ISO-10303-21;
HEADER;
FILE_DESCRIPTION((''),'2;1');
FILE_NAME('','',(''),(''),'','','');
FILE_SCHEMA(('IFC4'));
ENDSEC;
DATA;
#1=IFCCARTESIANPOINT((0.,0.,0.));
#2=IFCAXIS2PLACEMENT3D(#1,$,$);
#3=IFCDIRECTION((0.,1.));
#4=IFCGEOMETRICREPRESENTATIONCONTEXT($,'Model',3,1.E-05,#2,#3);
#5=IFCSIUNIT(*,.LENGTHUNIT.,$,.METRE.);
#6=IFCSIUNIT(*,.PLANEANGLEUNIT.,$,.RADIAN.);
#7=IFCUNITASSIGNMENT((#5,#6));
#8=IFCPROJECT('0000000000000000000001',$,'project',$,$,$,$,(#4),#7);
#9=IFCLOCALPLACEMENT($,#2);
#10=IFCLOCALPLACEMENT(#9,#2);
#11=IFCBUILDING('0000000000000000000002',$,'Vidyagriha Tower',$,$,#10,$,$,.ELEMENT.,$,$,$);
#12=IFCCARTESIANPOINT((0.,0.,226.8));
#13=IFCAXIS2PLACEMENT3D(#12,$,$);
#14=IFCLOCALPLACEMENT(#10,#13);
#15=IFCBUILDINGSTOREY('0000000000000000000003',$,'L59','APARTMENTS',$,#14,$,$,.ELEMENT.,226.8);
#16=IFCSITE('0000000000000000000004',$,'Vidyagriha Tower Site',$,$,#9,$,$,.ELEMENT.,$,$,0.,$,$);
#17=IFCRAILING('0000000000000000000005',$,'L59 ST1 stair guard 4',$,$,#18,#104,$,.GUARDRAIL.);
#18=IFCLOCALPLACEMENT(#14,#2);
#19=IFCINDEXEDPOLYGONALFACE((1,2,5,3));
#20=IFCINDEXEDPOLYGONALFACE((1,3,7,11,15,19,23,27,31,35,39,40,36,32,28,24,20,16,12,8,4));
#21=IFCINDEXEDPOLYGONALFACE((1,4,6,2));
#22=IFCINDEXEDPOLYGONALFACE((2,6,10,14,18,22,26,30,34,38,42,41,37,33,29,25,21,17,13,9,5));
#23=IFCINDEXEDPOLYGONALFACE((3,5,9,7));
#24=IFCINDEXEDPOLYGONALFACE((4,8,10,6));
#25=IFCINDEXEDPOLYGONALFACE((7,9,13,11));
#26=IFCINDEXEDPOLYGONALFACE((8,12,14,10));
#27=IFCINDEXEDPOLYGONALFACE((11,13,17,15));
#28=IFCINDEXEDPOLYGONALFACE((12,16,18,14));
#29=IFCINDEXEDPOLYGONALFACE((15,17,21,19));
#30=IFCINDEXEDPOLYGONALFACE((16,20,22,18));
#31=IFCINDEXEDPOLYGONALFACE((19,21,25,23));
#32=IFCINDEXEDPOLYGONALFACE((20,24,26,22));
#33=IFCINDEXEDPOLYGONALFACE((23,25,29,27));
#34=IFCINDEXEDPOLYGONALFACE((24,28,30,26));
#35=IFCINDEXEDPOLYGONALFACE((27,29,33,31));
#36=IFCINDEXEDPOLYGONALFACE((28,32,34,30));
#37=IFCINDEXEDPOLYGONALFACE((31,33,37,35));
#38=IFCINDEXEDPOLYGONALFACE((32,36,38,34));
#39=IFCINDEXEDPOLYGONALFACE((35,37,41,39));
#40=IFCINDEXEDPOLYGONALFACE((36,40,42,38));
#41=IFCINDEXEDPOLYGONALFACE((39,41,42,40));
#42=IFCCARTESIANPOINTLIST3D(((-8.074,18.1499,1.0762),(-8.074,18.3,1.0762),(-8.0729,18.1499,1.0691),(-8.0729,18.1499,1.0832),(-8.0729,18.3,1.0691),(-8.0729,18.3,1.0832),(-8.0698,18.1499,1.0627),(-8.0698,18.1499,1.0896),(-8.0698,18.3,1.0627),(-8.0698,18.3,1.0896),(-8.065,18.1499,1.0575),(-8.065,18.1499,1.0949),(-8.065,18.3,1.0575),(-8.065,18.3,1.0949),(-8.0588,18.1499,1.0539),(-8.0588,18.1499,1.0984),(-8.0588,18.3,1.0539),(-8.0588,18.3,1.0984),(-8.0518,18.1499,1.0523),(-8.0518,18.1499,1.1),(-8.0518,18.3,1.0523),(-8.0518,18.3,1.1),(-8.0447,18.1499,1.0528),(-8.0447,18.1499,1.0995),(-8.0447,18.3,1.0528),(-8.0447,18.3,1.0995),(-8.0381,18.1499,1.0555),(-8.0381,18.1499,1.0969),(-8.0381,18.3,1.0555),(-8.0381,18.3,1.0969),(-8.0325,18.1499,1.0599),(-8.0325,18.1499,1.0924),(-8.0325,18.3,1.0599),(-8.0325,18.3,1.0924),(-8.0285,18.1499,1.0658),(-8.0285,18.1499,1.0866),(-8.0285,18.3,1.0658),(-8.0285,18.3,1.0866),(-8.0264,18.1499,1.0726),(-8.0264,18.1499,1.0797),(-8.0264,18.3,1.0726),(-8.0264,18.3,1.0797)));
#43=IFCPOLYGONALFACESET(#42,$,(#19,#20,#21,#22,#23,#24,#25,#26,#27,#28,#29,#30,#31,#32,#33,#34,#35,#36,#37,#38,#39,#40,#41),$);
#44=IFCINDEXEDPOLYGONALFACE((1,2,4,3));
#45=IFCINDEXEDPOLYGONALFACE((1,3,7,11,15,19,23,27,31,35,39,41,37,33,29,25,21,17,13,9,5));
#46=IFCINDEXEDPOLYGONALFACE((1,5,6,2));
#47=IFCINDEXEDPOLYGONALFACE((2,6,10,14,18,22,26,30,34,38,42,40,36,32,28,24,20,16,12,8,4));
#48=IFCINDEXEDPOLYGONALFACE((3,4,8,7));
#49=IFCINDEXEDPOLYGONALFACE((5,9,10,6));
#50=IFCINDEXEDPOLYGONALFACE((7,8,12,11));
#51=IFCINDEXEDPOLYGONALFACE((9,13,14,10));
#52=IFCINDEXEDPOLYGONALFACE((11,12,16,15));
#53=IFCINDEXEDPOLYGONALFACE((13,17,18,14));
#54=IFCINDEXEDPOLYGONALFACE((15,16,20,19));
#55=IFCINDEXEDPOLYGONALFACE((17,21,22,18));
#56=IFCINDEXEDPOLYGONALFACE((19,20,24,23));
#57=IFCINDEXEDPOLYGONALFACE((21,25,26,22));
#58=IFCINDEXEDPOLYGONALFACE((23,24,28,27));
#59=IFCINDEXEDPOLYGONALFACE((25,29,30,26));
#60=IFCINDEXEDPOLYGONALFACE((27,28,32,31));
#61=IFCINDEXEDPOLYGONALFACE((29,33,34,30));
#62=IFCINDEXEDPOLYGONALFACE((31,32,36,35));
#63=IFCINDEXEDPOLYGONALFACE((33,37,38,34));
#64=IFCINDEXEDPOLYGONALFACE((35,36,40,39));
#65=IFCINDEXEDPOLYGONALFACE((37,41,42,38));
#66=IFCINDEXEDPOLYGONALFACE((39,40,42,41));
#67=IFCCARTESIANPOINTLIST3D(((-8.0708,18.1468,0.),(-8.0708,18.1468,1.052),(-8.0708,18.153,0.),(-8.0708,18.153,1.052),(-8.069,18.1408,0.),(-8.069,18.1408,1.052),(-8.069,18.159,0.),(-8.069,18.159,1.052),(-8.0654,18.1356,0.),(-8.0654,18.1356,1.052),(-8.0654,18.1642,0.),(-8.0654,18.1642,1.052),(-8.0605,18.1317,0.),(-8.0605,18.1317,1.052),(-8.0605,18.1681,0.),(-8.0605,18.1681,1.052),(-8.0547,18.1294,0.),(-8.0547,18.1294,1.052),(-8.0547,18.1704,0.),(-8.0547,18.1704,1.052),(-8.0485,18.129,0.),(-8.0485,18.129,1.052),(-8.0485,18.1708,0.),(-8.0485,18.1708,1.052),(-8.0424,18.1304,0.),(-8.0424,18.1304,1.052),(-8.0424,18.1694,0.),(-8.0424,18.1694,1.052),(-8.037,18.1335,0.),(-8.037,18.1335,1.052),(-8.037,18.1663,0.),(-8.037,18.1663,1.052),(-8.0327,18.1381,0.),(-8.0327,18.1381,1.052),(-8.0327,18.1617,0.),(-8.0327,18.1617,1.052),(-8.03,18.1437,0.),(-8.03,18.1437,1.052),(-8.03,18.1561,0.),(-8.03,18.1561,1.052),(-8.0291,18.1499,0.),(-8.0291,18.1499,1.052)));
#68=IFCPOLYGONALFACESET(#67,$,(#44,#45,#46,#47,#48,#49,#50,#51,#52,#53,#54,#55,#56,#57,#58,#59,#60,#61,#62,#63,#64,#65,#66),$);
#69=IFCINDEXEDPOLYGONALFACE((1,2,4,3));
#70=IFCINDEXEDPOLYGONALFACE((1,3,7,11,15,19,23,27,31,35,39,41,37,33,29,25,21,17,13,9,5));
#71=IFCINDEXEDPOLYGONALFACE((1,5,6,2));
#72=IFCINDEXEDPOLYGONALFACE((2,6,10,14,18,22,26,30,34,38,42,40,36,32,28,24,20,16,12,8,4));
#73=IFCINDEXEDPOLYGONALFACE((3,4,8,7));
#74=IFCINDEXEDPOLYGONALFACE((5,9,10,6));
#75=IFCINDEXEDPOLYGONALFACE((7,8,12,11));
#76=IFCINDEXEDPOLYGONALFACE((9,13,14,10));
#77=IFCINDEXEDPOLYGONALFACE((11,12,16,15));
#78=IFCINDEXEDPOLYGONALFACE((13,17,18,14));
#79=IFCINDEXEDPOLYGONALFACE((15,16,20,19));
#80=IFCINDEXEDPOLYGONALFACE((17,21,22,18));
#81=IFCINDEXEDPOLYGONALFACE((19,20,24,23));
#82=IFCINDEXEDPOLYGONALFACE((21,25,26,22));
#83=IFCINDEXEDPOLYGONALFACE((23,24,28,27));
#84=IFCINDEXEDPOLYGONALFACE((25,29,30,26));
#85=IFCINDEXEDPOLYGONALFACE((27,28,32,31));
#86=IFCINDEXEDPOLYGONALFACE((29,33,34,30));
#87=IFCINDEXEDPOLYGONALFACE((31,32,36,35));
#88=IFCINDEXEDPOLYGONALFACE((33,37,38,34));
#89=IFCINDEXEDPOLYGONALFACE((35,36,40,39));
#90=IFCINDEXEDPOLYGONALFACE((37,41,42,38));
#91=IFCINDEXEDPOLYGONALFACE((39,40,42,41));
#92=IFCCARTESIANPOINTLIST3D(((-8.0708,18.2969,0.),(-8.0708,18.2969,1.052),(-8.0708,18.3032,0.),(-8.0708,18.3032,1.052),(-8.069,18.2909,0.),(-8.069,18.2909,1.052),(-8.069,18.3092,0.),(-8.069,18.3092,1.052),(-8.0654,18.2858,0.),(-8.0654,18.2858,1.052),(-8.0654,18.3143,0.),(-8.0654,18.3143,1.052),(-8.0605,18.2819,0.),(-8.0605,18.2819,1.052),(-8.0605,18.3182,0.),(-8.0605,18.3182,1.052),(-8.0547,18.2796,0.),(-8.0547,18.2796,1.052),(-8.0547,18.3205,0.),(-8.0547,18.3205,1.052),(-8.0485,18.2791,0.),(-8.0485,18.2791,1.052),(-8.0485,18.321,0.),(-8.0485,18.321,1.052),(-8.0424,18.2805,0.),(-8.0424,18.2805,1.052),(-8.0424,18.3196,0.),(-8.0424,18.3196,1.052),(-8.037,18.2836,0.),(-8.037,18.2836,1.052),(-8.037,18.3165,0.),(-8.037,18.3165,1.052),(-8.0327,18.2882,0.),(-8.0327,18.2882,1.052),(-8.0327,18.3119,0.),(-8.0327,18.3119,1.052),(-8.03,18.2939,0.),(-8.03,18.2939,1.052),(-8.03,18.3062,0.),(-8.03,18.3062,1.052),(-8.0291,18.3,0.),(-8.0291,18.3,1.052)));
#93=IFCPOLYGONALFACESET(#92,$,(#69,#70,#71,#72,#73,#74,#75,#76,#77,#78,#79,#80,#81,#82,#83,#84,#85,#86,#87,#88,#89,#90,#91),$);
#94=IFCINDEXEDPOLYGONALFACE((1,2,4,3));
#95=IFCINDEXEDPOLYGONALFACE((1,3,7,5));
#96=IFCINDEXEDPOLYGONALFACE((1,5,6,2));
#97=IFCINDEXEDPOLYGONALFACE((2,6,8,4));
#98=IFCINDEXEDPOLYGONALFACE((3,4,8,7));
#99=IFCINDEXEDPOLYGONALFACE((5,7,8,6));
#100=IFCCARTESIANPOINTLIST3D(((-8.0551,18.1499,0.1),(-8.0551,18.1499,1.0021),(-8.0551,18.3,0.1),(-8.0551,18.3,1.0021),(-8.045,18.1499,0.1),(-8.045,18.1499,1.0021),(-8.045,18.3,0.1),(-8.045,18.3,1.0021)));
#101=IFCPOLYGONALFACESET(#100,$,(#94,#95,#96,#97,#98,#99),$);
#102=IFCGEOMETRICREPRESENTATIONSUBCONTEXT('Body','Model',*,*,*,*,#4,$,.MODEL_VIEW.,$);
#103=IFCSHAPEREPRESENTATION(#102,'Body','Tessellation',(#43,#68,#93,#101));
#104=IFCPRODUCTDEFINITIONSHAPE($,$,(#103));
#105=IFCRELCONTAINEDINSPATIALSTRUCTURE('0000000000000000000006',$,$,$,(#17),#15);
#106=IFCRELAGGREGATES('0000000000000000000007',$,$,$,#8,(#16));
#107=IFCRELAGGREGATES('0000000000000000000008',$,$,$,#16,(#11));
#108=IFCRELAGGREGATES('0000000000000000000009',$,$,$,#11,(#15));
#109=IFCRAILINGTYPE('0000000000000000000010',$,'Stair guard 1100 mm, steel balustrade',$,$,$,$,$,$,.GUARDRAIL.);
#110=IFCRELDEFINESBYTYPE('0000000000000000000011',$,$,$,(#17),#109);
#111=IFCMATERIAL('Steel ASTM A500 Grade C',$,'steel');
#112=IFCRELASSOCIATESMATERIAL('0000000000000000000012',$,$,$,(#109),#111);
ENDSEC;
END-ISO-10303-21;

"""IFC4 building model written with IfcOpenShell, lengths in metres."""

from ifc_helpers import new_model, si_unit, direction, frame, origin, origin_2d, place, context, subcontext, project, spatial, rectangle, circle, extrude, material, type_object, element, save


model = new_model("IFC4")

# Units and contexts
model_context = context("Model", 3, precision=1e-05, world=origin(), true_north=direction((0.0, 1.0)))
body_context = subcontext(model_context, "Body", "Model", "MODEL_VIEW")
ifc_project = project(units=[si_unit("LENGTHUNIT", "METRE"), si_unit("PLANEANGLEUNIT", "RADIAN")], contexts=[model_context])

# Site, building, storey
site_placement = place(None, origin())
site = spatial("IfcSite", under=ifc_project, at=site_placement, Name="Vidyagriha Tower Site", CompositionType="ELEMENT", RefElevation=0.0)
building_placement = place(site_placement, origin())
building = spatial("IfcBuilding", under=site, at=building_placement, Name="Vidyagriha Tower", CompositionType="ELEMENT")
storey_placement = place(building_placement, frame((0.0, 0.0, 226.8)))
storey = spatial("IfcBuildingStorey", under=building, at=storey_placement, Name="L59", Description="APARTMENTS", CompositionType="ELEMENT", Elevation=226.8)

# Railing
ifc_material_1 = material(Name="Steel ASTM A500 Grade C", Category="steel")
railing_type_1 = type_object("IfcRailingType", Name="Stair guard 1100 mm, steel balustrade", PredefinedType="GUARDRAIL", material=ifc_material_1)
railing_1_placement = place(storey_placement, frame((-8.05, 18.1499, 0.0)))
element("IfcRailing", 1, at=railing_1_placement, inside=storey, type_object=railing_type_1, Name="L59 ST1 stair guard 4", PredefinedType="GUARDRAIL", context=body_context, shape_type="SweptSolid", body=[
    extrude(circle(Radius=0.0239, at=origin_2d()), frame((0.0, 0.0, 1.0762), z_axis=(0.0, 1.0, 0.0), x_axis=(-1.0, 0.0, 0.0)), (0.0, 0.0, 1.0), 0.1501),
    extrude(circle(Radius=0.021, at=origin_2d()), origin(), (0.0, 0.0, 1.0), 1.052),
    extrude(circle(Radius=0.021, at=origin_2d()), frame((0.0, 0.1501, 0.0)), (0.0, 0.0, 1.0), 1.052),
    extrude(rectangle(XDim=0.01, YDim=0.9021, at=origin_2d()), frame((0.0, 0.0, 0.551), z_axis=(0.0, 1.0, 0.0), x_axis=(-1.0, 0.0, 0.0)), (0.0, 0.0, 1.0), 0.1501),
])

save(model, "model.ifc")
